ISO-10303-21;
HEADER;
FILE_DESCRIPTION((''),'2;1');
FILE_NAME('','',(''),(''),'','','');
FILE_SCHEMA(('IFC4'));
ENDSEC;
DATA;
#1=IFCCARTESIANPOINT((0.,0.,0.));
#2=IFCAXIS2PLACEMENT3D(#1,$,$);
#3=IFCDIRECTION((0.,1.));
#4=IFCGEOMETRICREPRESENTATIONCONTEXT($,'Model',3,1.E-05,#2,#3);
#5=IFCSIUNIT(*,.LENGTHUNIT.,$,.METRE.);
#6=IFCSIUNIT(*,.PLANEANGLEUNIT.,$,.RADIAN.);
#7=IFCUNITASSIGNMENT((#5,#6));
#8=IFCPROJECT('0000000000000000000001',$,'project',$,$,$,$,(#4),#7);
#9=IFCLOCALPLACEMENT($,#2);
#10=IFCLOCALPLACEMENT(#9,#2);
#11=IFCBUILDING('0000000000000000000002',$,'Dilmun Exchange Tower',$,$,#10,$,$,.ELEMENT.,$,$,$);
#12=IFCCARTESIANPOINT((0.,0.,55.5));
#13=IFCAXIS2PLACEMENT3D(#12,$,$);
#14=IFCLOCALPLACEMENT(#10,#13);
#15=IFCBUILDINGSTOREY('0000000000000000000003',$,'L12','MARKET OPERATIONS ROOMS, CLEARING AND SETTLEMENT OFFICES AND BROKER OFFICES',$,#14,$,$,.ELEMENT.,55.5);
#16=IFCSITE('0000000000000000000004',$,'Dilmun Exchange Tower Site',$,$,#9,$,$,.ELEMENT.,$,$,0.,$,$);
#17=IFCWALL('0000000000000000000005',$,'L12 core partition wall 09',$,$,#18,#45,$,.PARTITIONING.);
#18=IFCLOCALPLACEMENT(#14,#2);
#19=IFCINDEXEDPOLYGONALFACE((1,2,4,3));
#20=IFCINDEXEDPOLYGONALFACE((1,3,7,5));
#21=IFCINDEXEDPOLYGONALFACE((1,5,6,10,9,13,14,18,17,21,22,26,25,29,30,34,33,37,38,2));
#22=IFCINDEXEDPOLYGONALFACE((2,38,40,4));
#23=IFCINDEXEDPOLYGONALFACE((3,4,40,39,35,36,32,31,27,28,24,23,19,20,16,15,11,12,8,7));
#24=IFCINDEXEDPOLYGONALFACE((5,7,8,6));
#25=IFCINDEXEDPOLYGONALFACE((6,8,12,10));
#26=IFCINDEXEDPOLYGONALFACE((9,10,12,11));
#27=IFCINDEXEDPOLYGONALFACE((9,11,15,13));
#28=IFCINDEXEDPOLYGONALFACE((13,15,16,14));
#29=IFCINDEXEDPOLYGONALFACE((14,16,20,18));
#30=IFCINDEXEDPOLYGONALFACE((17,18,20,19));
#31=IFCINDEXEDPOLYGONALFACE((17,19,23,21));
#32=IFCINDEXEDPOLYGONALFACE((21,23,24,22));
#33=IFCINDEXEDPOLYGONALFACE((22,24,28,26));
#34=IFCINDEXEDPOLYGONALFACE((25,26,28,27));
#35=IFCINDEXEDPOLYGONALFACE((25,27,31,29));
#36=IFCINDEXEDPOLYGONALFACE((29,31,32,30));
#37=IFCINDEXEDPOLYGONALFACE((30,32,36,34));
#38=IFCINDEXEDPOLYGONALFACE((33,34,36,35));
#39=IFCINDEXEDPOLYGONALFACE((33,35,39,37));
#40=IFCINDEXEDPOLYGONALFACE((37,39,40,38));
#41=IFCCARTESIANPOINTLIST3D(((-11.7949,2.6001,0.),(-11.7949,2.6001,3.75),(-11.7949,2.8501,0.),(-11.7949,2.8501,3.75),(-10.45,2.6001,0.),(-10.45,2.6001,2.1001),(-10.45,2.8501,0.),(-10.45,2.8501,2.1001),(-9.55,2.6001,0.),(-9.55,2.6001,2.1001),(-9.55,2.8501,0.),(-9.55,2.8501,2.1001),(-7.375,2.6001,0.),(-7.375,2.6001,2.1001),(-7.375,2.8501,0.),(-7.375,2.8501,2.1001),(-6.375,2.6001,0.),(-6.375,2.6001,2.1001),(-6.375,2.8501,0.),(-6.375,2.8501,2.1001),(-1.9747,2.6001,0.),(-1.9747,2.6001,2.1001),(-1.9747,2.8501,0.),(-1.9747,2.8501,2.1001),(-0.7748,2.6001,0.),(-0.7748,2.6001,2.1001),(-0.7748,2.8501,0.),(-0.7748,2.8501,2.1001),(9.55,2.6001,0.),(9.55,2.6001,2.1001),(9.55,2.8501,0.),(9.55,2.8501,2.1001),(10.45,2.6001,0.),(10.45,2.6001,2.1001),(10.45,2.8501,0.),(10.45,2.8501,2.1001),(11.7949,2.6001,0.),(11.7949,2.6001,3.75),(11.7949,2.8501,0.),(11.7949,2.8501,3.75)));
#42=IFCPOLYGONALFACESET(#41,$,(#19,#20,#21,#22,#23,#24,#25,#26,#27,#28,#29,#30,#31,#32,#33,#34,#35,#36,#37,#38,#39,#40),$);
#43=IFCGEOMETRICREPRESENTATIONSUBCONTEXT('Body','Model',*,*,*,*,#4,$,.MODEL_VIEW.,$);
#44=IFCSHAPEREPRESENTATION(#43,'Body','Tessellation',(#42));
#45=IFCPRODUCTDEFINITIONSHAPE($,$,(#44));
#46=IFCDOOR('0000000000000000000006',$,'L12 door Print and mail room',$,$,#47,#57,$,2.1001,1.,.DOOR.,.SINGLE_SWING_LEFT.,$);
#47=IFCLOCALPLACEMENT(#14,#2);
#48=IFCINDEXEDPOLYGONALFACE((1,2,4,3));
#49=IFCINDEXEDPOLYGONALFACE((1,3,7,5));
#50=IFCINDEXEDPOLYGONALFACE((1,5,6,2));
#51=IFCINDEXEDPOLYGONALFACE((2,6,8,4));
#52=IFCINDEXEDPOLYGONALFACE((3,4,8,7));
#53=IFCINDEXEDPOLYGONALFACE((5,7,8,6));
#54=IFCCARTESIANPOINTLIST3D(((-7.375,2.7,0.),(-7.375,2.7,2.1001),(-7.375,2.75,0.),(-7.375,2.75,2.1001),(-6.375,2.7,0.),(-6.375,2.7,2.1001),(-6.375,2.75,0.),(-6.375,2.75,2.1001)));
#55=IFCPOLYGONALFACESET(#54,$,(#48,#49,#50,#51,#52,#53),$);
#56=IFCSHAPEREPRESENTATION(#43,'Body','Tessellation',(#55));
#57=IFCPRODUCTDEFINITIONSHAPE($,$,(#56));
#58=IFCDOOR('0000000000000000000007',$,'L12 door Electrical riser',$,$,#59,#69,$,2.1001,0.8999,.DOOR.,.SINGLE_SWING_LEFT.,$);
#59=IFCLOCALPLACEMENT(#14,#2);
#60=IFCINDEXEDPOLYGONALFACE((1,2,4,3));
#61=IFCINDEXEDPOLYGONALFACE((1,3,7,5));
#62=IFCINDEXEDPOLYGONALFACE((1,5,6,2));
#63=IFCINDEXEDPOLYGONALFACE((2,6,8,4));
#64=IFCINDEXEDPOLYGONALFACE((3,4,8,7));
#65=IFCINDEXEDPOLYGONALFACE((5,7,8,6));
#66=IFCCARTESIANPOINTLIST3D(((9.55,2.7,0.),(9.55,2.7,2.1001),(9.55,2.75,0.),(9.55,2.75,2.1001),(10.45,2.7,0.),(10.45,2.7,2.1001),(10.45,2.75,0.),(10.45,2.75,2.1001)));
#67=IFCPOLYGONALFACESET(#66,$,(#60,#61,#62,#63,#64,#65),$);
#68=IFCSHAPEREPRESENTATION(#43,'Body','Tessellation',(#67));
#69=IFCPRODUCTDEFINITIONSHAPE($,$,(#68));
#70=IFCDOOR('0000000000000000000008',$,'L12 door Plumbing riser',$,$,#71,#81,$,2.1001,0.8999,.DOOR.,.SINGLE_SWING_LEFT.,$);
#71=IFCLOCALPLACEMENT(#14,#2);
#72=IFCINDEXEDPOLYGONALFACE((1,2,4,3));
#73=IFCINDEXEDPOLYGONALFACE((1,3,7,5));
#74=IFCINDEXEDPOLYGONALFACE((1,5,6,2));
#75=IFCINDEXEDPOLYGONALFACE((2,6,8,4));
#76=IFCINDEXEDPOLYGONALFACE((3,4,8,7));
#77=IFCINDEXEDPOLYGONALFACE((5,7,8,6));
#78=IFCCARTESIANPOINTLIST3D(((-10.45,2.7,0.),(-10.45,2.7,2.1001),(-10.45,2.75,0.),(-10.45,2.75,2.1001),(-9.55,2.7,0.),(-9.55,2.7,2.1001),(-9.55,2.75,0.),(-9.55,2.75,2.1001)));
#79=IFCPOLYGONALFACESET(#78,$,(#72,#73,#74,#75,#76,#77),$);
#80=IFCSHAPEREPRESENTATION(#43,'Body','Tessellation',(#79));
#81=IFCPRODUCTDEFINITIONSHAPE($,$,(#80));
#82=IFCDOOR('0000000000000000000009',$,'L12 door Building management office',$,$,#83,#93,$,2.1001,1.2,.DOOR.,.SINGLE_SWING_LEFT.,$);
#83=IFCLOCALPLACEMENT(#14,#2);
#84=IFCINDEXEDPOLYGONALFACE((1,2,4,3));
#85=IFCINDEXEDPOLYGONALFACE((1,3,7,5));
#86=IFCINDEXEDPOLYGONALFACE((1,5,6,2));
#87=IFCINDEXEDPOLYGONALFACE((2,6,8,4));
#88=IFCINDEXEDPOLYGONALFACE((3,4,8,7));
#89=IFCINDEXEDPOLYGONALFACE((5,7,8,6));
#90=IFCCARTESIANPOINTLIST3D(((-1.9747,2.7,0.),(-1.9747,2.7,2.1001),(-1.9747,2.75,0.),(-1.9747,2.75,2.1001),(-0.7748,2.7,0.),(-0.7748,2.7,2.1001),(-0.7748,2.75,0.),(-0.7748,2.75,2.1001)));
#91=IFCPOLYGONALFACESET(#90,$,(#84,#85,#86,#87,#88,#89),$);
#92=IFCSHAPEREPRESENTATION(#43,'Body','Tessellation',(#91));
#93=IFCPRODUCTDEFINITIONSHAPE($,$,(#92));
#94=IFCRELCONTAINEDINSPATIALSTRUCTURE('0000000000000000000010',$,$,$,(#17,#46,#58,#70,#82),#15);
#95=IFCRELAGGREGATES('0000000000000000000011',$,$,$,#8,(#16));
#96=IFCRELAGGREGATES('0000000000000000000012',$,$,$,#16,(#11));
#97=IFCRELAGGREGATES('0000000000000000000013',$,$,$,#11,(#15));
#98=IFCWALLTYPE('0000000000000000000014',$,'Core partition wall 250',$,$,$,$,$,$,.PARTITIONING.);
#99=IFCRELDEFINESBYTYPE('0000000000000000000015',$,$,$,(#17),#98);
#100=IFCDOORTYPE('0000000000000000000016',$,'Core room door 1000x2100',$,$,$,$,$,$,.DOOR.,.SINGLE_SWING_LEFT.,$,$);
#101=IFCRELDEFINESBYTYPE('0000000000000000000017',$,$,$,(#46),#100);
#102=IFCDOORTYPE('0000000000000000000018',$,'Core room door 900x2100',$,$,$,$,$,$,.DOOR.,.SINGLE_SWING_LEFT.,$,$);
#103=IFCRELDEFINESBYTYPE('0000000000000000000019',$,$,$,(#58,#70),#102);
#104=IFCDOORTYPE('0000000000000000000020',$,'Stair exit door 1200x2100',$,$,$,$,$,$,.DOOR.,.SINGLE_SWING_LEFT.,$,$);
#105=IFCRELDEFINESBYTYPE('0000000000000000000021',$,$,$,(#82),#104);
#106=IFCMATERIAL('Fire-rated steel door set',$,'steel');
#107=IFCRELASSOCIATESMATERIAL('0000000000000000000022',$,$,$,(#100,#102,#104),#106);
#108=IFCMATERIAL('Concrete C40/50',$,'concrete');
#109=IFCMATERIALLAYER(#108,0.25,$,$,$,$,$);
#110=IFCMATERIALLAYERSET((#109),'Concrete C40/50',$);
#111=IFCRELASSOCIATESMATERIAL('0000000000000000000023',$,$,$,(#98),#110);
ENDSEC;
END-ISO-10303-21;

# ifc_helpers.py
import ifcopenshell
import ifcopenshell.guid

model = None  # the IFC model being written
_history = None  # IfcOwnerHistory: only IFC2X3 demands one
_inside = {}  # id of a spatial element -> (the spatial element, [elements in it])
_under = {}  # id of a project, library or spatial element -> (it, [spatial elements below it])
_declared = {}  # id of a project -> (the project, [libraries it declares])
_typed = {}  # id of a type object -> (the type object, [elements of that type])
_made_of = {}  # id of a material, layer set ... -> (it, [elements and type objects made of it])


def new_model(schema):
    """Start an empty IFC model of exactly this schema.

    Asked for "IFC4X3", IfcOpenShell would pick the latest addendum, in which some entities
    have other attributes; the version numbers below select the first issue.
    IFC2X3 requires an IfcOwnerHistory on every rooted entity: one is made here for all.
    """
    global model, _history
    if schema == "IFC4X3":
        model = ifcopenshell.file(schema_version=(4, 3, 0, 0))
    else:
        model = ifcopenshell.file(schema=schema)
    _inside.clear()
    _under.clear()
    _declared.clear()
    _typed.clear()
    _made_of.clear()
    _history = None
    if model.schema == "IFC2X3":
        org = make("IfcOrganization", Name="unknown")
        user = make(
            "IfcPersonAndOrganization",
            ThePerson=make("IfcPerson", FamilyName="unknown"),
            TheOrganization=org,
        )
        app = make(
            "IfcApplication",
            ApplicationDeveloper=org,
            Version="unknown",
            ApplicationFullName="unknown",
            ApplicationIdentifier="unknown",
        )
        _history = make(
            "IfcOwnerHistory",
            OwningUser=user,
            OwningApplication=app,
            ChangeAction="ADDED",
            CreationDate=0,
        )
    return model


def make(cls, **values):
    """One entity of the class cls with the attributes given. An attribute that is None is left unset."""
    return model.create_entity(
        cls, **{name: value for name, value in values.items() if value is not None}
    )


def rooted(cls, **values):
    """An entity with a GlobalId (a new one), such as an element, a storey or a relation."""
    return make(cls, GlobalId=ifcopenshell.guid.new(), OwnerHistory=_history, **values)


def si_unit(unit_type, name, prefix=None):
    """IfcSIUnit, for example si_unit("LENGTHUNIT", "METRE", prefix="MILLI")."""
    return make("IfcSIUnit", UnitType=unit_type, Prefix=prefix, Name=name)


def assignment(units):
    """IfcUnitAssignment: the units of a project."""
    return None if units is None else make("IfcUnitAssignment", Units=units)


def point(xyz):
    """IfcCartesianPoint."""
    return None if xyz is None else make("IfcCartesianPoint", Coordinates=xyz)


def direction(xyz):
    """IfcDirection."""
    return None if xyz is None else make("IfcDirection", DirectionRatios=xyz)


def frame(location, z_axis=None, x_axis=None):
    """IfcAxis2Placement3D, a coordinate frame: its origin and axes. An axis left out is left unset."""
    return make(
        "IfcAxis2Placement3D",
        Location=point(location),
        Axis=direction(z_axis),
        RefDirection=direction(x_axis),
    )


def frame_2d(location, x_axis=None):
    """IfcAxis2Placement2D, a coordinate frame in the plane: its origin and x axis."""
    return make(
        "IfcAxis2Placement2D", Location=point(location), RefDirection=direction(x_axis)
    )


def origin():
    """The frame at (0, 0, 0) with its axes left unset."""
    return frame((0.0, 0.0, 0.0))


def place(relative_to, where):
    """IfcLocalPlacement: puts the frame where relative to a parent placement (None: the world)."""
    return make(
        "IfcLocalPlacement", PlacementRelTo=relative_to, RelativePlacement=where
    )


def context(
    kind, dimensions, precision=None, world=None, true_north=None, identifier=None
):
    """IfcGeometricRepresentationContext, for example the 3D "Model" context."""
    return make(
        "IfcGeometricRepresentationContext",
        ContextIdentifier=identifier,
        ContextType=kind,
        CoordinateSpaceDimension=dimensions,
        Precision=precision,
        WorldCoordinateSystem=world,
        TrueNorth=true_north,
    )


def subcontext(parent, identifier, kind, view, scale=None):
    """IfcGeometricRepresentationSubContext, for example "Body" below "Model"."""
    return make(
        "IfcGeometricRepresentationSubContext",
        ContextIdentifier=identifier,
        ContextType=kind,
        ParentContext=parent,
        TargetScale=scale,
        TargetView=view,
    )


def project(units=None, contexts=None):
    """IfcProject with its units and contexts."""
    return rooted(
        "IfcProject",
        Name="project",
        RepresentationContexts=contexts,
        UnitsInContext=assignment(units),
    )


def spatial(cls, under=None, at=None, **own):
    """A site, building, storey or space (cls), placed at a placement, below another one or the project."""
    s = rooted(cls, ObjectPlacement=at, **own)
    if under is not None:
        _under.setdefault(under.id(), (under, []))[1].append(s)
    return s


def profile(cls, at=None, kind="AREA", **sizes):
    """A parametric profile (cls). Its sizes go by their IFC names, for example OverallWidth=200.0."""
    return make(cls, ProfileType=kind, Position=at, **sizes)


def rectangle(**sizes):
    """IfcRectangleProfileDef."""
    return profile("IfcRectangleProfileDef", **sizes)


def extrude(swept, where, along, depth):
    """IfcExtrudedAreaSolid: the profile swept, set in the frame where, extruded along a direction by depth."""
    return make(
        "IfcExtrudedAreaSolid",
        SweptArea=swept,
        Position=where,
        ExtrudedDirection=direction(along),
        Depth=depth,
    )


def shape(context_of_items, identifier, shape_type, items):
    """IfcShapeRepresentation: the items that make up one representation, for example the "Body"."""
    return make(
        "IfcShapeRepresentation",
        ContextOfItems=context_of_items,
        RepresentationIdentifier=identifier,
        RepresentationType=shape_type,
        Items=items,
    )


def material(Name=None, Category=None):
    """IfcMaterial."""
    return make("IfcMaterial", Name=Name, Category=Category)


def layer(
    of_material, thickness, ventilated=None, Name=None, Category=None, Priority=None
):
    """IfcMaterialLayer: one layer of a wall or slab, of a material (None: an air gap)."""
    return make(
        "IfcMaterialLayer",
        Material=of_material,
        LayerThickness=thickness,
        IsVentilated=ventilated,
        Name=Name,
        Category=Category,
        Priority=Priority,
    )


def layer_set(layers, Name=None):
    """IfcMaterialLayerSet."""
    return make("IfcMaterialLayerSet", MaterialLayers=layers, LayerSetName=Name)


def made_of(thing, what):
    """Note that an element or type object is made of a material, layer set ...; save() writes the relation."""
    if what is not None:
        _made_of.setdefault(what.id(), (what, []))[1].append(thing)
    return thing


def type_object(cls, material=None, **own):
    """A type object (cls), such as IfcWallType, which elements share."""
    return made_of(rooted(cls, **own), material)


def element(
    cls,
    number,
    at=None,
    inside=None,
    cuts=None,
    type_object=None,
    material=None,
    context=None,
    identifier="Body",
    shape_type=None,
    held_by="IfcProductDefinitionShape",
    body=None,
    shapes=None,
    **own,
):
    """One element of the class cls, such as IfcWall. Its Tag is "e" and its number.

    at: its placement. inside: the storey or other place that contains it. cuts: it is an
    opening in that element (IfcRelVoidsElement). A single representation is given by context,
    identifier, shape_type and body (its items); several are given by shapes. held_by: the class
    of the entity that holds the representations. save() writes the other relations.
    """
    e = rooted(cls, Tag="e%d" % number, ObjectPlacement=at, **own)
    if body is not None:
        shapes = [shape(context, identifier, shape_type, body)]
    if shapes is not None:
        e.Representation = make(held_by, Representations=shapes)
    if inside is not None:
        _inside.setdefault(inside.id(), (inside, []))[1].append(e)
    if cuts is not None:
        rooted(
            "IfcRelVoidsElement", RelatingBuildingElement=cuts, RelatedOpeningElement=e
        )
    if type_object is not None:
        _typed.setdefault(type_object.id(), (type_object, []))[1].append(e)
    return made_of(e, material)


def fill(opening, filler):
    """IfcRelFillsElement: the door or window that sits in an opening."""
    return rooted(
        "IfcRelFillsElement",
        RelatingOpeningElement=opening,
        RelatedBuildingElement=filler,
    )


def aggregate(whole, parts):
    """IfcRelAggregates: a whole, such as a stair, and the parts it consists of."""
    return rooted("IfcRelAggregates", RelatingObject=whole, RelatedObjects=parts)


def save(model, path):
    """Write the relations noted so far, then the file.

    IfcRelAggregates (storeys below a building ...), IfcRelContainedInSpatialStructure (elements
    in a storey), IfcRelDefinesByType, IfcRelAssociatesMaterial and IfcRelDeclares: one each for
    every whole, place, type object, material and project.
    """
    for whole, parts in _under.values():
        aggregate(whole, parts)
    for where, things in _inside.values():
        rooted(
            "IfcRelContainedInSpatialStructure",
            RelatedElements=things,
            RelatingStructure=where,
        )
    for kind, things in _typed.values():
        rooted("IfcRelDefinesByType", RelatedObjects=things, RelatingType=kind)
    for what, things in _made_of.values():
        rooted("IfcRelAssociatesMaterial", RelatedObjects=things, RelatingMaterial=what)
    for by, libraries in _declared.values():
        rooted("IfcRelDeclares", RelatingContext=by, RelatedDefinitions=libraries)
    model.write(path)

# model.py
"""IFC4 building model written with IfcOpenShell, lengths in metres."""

from ifc_helpers import new_model, si_unit, direction, frame, frame_2d, origin, place, context, subcontext, project, spatial, rectangle, extrude, material, layer, layer_set, type_object, element, fill, save


model = new_model("IFC4")

# Units and contexts
model_context = context("Model", 3, precision=1e-05, world=origin(), true_north=direction((0.0, 1.0)))
body_context = subcontext(model_context, "Body", "Model", "MODEL_VIEW")
ifc_project = project(units=[si_unit("LENGTHUNIT", "METRE"), si_unit("PLANEANGLEUNIT", "RADIAN")], contexts=[model_context])

# Site, building, storey
site_placement = place(None, origin())
site = spatial("IfcSite", under=ifc_project, at=site_placement, Name="Dilmun Exchange Tower Site", CompositionType="ELEMENT", RefElevation=0.0)
building_placement = place(site_placement, origin())
building = spatial("IfcBuilding", under=site, at=building_placement, Name="Dilmun Exchange Tower", CompositionType="ELEMENT")
storey_placement = place(building_placement, frame((0.0, 0.0, 55.5)))
storey = spatial("IfcBuildingStorey", under=building, at=storey_placement, Name="L12", Description="MARKET OPERATIONS ROOMS, CLEARING AND SETTLEMENT OFFICES AND BROKER OFFICES", CompositionType="ELEMENT", Elevation=55.5)

# Shared definitions
ifc_material_1 = material(Name="Concrete C40/50", Category="concrete")

# Shared definitions
ifc_material_2 = material(Name="Fire-rated steel door set", Category="steel")
door_type_1 = type_object("IfcDoorType", Name="Core room door 1000x2100", OperationType="SINGLE_SWING_LEFT", PredefinedType="DOOR", material=ifc_material_2)

# Wall, openings, doors
ifc_layer_1 = layer(ifc_material_1, 0.25)
ifc_layer_set_1 = layer_set([ifc_layer_1], Name="Concrete C40/50")
wall_type_1 = type_object("IfcWallType", Name="Core partition wall 250", PredefinedType="PARTITIONING", material=ifc_layer_set_1)
wall_1_placement = place(storey_placement, frame((-11.7949, 2.7251, 0.0), z_axis=(0.0, 0.0, 1.0), x_axis=(1.0, 0.0, 0.0)))
wall_1 = element("IfcWall", 1, at=wall_1_placement, inside=storey, type_object=wall_type_1, Name="L12 core partition wall 09", PredefinedType="PARTITIONING", context=body_context, shape_type="SweptSolid", body=[
    extrude(rectangle(XDim=23.5898, YDim=0.25, at=frame_2d((11.7949, 0.0))), origin(), (0.0, 0.0, 1.0), 3.75),
])
opening_1_placement = place(wall_1_placement, frame((21.345, 0.0, 0.0)))
opening_1 = element("IfcOpeningElement", 2, at=opening_1_placement, cuts=wall_1, PredefinedType="OPENING", context=body_context, shape_type="SweptSolid", body=[
    extrude(rectangle(XDim=0.8999, YDim=2.1001, at=frame_2d((0.45, 1.05))), frame((0.0, 0.135, 0.0), z_axis=(0.0, -1.0, 0.0), x_axis=(1.0, 0.0, 0.0)), (0.0, 0.0, 1.0), 0.27),
])
opening_2_placement = place(wall_1_placement, frame((1.345, 0.0, 0.0)))
opening_2 = element("IfcOpeningElement", 3, at=opening_2_placement, cuts=wall_1, PredefinedType="OPENING", context=body_context, shape_type="SweptSolid", body=[
    extrude(rectangle(XDim=0.8999, YDim=2.1001, at=frame_2d((0.45, 1.05))), frame((0.0, 0.135, 0.0), z_axis=(0.0, -1.0, 0.0), x_axis=(1.0, 0.0, 0.0)), (0.0, 0.0, 1.0), 0.27),
])
opening_3_placement = place(wall_1_placement, frame((4.4199, 0.0, 0.0)))
opening_3 = element("IfcOpeningElement", 4, at=opening_3_placement, cuts=wall_1, PredefinedType="OPENING", context=body_context, shape_type="SweptSolid", body=[
    extrude(rectangle(XDim=1.0, YDim=2.1001, at=frame_2d((0.5, 1.05))), frame((0.0, 0.135, 0.0), z_axis=(0.0, -1.0, 0.0), x_axis=(1.0, 0.0, 0.0)), (0.0, 0.0, 1.0), 0.27),
])
opening_4_placement = place(wall_1_placement, frame((9.8201, 0.0, 0.0)))
opening_4 = element("IfcOpeningElement", 5, at=opening_4_placement, cuts=wall_1, PredefinedType="OPENING", context=body_context, shape_type="SweptSolid", body=[
    extrude(rectangle(XDim=1.2, YDim=2.1001, at=frame_2d((0.6001, 1.05))), frame((0.0, 0.135, 0.0), z_axis=(0.0, -1.0, 0.0), x_axis=(1.0, 0.0, 0.0)), (0.0, 0.0, 1.0), 0.27),
])
door_1_placement = place(opening_3_placement, origin())
door_1 = element("IfcDoor", 6, at=door_1_placement, inside=storey, type_object=door_type_1, Name="L12 door Print and mail room", OperationType="SINGLE_SWING_LEFT", OverallHeight=2.1001, OverallWidth=1.0, PredefinedType="DOOR", context=body_context, shape_type="SweptSolid", body=[
    extrude(rectangle(XDim=1.0, YDim=2.1001, at=frame_2d((0.5, 1.05))), frame((0.0, 0.0249, 0.0), z_axis=(0.0, -1.0, 0.0), x_axis=(1.0, 0.0, 0.0)), (0.0, 0.0, 1.0), 0.05),
])
fill(opening_3, door_1)
door_type_2 = type_object("IfcDoorType", Name="Core room door 900x2100", OperationType="SINGLE_SWING_LEFT", PredefinedType="DOOR", material=ifc_material_2)
door_2_placement = place(opening_1_placement, origin())
door_2 = element("IfcDoor", 7, at=door_2_placement, inside=storey, type_object=door_type_2, Name="L12 door Electrical riser", OperationType="SINGLE_SWING_LEFT", OverallHeight=2.1001, OverallWidth=0.8999, PredefinedType="DOOR", context=body_context, shape_type="SweptSolid", body=[
    extrude(rectangle(XDim=0.8999, YDim=2.1001, at=frame_2d((0.45, 1.05))), frame((0.0, 0.0249, 0.0), z_axis=(0.0, -1.0, 0.0), x_axis=(1.0, 0.0, 0.0)), (0.0, 0.0, 1.0), 0.05),
])
fill(opening_1, door_2)
door_3_placement = place(opening_2_placement, origin())
door_3 = element("IfcDoor", 8, at=door_3_placement, inside=storey, type_object=door_type_2, Name="L12 door Plumbing riser", OperationType="SINGLE_SWING_LEFT", OverallHeight=2.1001, OverallWidth=0.8999, PredefinedType="DOOR", context=body_context, shape_type="SweptSolid", body=[
    extrude(rectangle(XDim=0.8999, YDim=2.1001, at=frame_2d((0.45, 1.05))), frame((0.0, 0.0249, 0.0), z_axis=(0.0, -1.0, 0.0), x_axis=(1.0, 0.0, 0.0)), (0.0, 0.0, 1.0), 0.05),
])
fill(opening_2, door_3)
door_type_3 = type_object("IfcDoorType", Name="Stair exit door 1200x2100", OperationType="SINGLE_SWING_LEFT", PredefinedType="DOOR", material=ifc_material_2)
door_4_placement = place(opening_4_placement, origin())
door_4 = element("IfcDoor", 9, at=door_4_placement, inside=storey, type_object=door_type_3, Name="L12 door Building management office", OperationType="SINGLE_SWING_LEFT", OverallHeight=2.1001, OverallWidth=1.2, PredefinedType="DOOR", context=body_context, shape_type="SweptSolid", body=[
    extrude(rectangle(XDim=1.2, YDim=2.1001, at=frame_2d((0.6001, 1.05))), frame((0.0, 0.0249, 0.0), z_axis=(0.0, -1.0, 0.0), x_axis=(1.0, 0.0, 0.0)), (0.0, 0.0, 1.0), 0.05),
])
fill(opening_4, door_4)

save(model, "model.ifc")
